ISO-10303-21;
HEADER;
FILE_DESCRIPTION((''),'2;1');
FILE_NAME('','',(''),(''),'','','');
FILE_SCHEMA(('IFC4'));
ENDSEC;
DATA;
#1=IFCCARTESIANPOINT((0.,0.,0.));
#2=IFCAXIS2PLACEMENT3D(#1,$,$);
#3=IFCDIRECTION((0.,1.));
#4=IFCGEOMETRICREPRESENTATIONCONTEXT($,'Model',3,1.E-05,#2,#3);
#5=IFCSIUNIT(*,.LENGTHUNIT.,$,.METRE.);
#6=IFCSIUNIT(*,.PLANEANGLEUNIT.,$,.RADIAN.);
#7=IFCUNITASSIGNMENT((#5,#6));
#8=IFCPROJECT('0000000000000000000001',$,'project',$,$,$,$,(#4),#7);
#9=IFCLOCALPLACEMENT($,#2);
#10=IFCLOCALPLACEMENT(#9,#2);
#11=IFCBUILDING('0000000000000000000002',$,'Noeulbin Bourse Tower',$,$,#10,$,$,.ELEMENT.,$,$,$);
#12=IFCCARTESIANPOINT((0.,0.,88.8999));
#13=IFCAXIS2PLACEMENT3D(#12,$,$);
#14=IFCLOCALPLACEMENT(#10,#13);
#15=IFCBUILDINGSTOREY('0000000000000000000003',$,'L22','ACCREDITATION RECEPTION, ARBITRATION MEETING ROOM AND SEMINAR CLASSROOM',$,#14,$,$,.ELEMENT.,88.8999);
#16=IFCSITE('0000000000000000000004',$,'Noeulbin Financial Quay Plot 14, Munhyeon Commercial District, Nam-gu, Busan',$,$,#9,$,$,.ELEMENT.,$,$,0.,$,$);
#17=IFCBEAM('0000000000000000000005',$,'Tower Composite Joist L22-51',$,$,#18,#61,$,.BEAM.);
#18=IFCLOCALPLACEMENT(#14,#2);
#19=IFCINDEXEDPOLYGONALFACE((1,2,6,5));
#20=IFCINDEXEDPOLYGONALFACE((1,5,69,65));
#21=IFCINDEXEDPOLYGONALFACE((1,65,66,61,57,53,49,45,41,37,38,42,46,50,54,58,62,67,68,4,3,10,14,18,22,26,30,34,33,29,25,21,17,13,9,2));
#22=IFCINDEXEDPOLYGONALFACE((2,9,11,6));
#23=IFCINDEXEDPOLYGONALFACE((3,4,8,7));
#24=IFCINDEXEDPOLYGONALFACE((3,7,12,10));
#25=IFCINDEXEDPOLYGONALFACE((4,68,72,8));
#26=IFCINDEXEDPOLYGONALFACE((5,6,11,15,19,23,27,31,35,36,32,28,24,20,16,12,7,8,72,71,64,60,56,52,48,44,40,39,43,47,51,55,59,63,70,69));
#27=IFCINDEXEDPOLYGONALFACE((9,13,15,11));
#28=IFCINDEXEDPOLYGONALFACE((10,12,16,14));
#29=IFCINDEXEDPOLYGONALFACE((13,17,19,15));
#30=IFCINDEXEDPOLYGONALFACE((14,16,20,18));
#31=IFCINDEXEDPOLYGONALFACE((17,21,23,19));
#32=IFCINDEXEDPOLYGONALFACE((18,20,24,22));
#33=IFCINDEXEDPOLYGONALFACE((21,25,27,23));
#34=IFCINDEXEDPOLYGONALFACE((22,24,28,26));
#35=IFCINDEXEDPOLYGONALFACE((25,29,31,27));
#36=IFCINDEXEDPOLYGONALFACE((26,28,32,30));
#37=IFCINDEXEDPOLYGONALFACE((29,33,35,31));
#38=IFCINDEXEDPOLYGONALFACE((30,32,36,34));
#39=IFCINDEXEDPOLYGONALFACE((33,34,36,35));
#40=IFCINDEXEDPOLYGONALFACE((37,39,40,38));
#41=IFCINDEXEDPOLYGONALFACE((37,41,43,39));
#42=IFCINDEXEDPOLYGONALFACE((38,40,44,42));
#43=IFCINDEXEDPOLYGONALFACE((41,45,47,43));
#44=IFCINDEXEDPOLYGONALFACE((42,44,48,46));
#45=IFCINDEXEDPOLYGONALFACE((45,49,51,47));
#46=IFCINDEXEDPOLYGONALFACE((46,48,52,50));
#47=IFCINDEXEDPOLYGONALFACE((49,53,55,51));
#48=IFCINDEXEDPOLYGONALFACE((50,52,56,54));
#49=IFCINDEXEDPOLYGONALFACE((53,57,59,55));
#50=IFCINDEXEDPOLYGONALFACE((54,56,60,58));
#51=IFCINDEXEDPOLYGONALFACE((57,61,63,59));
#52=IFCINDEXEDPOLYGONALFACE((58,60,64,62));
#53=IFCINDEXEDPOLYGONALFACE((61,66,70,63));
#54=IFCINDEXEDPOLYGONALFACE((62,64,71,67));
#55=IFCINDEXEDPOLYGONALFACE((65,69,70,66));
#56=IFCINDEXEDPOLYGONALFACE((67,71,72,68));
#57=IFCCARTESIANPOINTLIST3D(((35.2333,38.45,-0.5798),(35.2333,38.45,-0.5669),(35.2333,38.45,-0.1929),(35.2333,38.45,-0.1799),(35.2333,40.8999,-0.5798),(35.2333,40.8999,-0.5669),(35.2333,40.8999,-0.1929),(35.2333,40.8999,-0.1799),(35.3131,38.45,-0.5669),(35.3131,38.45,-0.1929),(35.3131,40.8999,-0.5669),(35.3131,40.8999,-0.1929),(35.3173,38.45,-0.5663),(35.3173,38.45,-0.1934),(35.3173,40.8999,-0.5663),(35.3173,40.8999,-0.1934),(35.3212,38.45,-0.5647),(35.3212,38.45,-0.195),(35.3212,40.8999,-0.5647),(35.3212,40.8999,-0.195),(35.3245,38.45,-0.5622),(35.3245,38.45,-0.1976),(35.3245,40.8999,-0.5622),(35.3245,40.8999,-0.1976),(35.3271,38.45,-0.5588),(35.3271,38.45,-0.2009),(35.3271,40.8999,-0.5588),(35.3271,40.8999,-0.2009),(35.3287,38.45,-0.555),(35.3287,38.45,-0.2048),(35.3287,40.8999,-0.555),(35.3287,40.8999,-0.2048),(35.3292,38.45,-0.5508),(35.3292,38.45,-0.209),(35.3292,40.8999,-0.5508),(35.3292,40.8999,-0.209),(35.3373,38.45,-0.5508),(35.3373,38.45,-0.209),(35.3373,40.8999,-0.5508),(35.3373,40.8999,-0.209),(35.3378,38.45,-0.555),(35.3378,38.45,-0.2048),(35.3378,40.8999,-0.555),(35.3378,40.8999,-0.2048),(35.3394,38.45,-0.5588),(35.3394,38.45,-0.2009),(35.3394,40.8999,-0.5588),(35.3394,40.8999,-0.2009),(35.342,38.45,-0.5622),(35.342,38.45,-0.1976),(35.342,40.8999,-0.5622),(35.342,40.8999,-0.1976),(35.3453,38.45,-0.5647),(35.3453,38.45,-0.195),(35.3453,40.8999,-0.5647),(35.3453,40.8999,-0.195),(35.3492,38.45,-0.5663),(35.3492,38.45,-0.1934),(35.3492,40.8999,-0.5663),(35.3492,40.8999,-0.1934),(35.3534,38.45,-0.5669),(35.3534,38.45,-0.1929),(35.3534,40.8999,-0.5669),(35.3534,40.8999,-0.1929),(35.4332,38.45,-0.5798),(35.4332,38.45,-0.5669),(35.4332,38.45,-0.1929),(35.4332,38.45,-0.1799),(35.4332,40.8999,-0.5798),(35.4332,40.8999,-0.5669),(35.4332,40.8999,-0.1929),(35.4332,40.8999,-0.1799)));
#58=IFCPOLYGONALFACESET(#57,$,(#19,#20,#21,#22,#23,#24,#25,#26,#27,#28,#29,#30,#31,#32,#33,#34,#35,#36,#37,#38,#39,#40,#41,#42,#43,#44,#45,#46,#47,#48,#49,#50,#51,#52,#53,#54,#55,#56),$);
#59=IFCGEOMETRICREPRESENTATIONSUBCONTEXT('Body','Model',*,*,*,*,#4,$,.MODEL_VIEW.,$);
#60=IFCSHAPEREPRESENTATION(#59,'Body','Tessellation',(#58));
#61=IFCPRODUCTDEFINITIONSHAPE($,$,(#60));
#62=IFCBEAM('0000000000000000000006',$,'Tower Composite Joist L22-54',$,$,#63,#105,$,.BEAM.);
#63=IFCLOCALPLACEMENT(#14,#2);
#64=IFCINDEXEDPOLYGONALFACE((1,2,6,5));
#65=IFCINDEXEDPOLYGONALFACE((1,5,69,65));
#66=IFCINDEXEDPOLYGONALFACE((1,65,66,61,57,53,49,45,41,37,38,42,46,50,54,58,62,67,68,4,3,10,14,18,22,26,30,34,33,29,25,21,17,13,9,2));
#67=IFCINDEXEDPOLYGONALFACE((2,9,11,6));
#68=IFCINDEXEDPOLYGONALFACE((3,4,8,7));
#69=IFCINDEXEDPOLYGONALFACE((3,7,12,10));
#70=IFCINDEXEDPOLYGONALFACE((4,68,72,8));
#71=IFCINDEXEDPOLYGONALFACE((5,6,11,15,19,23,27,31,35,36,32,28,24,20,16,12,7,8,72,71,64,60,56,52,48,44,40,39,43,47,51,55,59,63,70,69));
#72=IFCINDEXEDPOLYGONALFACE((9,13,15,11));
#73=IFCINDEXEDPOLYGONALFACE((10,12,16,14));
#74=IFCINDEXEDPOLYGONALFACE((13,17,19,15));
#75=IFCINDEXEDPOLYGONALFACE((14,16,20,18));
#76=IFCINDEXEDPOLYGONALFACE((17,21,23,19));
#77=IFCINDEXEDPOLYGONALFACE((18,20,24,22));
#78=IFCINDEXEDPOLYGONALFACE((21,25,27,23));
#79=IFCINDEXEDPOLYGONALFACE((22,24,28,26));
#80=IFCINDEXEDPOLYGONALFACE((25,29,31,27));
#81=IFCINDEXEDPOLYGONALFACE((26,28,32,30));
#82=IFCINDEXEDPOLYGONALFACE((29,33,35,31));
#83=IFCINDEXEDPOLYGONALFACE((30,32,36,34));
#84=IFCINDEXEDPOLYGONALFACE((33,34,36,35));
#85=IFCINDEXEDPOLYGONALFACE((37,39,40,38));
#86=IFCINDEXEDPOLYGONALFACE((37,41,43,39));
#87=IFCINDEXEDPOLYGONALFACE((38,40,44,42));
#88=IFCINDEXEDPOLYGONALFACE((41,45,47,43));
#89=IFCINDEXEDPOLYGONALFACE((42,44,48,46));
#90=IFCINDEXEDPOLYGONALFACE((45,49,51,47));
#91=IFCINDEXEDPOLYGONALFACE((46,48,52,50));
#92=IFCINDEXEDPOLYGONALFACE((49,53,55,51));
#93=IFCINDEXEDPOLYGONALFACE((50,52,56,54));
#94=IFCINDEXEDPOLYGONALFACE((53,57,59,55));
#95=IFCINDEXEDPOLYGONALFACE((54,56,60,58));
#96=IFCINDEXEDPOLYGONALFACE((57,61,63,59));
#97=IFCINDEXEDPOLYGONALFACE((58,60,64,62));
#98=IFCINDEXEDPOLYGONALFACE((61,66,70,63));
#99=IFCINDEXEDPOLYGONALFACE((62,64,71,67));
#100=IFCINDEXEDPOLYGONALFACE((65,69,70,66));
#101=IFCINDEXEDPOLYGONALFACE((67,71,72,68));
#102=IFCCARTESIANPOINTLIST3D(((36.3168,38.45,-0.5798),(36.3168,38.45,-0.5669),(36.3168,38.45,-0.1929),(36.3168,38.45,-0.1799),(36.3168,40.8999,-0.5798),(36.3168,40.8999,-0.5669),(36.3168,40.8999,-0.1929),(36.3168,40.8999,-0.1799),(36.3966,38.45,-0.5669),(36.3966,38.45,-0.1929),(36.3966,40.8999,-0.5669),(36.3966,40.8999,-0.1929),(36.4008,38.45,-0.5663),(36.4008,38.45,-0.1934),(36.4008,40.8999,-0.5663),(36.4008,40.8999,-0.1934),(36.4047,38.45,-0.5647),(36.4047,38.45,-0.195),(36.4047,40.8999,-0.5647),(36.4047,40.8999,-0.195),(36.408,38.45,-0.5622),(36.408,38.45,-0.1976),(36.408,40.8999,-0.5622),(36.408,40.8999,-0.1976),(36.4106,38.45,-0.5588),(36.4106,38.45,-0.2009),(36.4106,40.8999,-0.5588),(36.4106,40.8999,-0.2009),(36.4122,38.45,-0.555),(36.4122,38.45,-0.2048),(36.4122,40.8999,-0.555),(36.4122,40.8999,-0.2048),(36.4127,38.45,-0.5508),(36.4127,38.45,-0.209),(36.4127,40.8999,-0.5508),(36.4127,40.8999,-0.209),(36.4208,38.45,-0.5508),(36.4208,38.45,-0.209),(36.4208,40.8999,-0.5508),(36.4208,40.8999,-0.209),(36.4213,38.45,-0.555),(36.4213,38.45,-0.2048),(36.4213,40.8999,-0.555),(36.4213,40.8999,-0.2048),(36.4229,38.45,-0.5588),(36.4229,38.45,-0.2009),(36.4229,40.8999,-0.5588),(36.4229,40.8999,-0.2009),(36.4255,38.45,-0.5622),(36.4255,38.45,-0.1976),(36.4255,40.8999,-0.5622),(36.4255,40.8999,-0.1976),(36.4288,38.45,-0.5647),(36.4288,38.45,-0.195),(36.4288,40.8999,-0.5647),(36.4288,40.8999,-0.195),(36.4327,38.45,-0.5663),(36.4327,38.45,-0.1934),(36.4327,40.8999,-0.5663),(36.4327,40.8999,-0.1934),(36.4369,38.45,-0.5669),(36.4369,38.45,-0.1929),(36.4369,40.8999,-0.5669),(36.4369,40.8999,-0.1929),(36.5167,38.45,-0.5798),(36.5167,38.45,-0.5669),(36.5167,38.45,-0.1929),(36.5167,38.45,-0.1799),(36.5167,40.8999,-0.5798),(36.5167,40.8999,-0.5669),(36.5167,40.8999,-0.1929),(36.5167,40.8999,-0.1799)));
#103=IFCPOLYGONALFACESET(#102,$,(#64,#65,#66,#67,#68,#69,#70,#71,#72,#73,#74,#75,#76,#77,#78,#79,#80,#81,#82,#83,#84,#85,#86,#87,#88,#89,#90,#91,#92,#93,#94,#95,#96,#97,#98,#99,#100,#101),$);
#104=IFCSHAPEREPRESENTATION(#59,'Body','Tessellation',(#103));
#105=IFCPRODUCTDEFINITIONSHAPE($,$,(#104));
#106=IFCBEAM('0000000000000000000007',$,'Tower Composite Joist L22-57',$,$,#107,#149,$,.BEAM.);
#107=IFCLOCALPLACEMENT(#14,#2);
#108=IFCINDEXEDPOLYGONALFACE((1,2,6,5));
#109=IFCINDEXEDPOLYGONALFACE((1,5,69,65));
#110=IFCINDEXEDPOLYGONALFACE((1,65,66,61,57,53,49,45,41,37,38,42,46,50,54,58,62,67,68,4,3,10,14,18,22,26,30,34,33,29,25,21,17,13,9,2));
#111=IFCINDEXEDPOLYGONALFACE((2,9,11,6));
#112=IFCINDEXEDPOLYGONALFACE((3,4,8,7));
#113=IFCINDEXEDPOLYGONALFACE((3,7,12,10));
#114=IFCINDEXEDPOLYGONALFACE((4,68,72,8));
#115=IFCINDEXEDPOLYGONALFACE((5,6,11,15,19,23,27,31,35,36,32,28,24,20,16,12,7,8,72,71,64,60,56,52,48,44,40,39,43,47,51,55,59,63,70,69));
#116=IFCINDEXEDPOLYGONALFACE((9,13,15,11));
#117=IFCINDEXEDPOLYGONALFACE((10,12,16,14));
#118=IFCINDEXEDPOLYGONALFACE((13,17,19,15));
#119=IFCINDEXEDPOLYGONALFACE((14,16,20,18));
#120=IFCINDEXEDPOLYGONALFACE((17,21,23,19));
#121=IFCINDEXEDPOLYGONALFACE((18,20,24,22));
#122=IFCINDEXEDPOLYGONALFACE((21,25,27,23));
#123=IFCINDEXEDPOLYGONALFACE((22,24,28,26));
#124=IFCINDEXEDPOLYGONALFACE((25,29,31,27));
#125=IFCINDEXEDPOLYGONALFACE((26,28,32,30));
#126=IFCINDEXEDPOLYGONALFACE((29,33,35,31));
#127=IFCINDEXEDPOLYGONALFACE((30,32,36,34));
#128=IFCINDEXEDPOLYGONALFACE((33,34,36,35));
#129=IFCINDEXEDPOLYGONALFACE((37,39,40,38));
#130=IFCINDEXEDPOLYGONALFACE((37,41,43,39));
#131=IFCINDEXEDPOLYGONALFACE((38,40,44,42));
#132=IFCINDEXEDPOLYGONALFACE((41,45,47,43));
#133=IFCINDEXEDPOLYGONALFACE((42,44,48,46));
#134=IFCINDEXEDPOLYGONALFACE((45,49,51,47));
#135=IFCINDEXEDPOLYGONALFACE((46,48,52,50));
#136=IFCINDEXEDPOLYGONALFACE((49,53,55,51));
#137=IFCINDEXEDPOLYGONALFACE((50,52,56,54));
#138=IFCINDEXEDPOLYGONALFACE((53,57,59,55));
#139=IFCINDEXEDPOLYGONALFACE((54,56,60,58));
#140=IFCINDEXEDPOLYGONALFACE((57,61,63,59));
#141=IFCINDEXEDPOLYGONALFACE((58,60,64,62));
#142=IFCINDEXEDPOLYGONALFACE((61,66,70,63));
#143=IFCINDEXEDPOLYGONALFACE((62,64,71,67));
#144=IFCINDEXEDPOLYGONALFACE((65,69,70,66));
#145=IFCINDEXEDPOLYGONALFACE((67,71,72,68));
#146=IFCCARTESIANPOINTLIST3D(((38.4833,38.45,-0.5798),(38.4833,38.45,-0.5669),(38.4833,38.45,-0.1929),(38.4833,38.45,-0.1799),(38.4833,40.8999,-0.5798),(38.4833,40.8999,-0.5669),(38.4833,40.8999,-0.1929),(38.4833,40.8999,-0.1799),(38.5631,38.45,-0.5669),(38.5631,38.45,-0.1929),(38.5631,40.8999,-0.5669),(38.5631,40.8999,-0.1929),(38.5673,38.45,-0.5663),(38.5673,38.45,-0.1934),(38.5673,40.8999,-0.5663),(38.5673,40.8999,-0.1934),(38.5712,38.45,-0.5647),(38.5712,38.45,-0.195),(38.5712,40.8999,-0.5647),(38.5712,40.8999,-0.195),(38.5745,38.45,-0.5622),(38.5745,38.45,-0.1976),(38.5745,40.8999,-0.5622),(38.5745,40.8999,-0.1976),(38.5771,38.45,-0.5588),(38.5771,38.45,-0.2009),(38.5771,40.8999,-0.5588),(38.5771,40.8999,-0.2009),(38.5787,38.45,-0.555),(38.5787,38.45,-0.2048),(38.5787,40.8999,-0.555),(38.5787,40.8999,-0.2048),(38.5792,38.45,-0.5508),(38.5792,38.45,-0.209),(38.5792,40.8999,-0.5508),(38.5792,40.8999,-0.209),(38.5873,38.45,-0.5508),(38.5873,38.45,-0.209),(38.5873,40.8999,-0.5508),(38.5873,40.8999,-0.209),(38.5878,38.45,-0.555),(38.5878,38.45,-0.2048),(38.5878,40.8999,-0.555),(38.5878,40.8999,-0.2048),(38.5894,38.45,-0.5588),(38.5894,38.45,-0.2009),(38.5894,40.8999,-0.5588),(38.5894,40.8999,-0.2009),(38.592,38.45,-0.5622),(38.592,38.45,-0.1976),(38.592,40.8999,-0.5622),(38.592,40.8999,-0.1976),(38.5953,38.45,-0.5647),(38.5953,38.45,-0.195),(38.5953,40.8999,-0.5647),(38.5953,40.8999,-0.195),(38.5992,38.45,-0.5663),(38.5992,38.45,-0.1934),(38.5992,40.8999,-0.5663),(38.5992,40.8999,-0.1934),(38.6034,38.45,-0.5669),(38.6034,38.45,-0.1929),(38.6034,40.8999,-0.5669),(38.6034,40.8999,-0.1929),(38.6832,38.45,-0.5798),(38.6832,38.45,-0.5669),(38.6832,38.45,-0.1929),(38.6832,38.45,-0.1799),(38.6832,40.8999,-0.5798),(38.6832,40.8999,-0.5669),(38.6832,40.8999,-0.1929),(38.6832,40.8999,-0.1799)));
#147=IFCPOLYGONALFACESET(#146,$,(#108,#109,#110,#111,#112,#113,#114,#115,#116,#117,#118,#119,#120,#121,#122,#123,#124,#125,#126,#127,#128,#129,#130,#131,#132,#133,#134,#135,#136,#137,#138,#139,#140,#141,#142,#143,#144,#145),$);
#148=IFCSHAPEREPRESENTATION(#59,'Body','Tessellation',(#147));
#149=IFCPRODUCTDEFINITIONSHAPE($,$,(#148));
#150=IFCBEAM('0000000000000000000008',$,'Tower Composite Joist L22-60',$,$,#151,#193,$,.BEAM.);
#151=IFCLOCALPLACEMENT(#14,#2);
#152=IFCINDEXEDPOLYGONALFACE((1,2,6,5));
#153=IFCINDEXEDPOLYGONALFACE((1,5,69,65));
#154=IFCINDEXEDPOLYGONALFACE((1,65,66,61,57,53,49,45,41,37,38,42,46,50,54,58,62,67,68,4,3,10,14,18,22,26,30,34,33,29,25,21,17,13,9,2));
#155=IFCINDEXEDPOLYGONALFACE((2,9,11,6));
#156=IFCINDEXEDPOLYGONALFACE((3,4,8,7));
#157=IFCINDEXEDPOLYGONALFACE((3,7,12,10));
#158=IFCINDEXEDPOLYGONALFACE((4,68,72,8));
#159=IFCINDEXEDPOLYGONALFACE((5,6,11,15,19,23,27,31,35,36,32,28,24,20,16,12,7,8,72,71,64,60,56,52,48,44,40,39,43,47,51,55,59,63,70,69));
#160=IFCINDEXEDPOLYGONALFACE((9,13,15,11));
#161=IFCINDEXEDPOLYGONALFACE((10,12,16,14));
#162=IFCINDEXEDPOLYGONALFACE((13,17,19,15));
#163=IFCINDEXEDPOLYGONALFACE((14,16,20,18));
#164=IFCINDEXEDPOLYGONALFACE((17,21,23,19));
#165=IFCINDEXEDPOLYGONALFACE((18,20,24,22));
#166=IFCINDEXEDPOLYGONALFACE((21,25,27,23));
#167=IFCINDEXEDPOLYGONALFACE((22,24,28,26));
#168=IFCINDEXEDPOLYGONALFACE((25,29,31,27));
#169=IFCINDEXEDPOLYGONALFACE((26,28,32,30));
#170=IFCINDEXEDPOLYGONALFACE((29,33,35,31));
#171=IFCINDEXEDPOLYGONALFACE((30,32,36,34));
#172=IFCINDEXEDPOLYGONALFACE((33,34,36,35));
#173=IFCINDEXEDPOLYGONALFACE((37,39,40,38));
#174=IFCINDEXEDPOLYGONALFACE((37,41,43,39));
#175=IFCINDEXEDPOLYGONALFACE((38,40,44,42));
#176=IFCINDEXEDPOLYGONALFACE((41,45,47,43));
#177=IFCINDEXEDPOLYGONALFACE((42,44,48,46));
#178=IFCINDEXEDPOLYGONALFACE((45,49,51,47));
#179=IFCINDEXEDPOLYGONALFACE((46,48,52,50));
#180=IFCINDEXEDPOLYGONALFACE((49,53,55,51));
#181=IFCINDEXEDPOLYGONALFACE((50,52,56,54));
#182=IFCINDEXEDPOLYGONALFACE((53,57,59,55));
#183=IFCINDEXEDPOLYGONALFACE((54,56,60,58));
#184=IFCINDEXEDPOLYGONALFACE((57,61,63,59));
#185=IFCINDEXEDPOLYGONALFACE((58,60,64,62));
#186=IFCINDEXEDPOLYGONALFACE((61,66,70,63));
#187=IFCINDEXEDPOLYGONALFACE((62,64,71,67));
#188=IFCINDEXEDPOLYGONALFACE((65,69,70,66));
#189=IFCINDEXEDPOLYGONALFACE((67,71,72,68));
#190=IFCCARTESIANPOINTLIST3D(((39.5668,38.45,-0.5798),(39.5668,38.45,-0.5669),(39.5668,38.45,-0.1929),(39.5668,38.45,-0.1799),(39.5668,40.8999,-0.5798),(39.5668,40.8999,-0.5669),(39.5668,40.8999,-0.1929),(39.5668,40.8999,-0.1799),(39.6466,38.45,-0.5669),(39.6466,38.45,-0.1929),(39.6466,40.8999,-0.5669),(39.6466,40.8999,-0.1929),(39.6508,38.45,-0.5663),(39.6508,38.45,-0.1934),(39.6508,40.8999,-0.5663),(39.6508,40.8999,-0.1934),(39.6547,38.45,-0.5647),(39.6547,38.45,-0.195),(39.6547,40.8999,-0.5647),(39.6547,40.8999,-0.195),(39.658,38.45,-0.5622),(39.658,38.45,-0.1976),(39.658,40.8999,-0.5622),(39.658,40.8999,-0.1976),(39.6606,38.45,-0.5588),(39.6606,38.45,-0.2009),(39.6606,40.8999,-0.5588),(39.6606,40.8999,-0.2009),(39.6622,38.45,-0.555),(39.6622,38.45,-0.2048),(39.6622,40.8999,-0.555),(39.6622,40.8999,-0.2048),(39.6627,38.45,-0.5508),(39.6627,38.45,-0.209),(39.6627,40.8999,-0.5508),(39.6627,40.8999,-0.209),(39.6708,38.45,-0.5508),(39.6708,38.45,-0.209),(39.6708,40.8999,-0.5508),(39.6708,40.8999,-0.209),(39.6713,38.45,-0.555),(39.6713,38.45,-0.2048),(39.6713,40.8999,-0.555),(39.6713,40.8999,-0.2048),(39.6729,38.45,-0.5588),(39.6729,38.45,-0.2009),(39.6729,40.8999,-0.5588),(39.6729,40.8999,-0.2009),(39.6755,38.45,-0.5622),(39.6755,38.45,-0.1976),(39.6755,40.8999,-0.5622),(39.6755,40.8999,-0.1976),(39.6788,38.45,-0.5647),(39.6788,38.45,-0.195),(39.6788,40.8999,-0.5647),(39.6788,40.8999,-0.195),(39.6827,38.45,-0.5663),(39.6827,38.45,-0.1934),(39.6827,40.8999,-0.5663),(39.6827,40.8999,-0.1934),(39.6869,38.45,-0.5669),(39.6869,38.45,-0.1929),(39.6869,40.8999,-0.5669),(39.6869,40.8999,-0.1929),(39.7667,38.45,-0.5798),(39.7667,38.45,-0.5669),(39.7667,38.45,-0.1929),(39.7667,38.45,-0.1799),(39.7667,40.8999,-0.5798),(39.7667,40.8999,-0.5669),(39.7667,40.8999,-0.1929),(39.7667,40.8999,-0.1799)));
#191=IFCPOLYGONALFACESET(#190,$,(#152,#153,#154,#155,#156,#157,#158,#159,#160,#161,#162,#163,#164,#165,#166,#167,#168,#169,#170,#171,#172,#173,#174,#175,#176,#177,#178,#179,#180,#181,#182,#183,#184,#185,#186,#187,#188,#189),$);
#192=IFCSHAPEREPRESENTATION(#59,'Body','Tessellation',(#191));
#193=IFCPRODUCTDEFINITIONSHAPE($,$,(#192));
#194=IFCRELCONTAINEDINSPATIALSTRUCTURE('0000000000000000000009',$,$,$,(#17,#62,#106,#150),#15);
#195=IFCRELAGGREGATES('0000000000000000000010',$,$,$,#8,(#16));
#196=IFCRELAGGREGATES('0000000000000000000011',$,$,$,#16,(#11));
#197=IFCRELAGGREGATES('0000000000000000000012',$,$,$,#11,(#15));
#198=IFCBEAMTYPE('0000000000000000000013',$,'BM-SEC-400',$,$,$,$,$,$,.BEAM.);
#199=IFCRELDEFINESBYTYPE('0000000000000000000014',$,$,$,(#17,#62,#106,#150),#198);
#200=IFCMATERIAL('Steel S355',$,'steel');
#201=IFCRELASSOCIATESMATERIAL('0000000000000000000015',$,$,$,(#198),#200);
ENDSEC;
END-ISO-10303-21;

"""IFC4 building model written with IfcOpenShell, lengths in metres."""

from ifc_helpers import new_model, si_unit, direction, frame, origin, origin_2d, place, context, subcontext, project, spatial, i_section, extrude, material, material_profile, profile_set, type_object, element, save


model = new_model("IFC4")

# Units and contexts
model_context = context("Model", 3, precision=1e-05, world=origin(), true_north=direction((0.0, 1.0)))
body_context = subcontext(model_context, "Body", "Model", "MODEL_VIEW")
ifc_project = project(units=[si_unit("LENGTHUNIT", "METRE"), si_unit("PLANEANGLEUNIT", "RADIAN")], contexts=[model_context])

# Site, building, storey
site_placement = place(None, origin())
site = spatial("IfcSite", under=ifc_project, at=site_placement, Name="Noeulbin Financial Quay Plot 14, Munhyeon Commercial District, Nam-gu, Busan", CompositionType="ELEMENT", RefElevation=0.0)
building_placement = place(site_placement, origin())
building = spatial("IfcBuilding", under=site, at=building_placement, Name="Noeulbin Bourse Tower", CompositionType="ELEMENT")
storey_placement = place(building_placement, frame((0.0, 0.0, 88.8999)))
storey = spatial("IfcBuildingStorey", under=building, at=storey_placement, Name="L22", Description="ACCREDITATION RECEPTION, ARBITRATION MEETING ROOM AND SEMINAR CLASSROOM", CompositionType="ELEMENT", Elevation=88.8999)

# Beams
ifc_material_1 = material(Name="Steel S355", Category="steel")
ifc_material_profile_1 = material_profile(ifc_material_1, i_section(OverallWidth=0.2, OverallDepth=0.3999, WebThickness=0.0081, FlangeThickness=0.0129, FilletRadius=0.0161, at=origin_2d()), Name="H-400x200x8x13", Category="LoadBearing")
ifc_profile_set_1 = profile_set([ifc_material_profile_1], Name="Steel S355")
beam_type_1 = type_object("IfcBeamType", Name="BM-SEC-400", PredefinedType="BEAM", material=ifc_profile_set_1)
for number, where, z_axis, x_axis, name in (
    (1, (35.3333, 38.45, -0.3799), (0.0, 1.0, 0.0), (-1.0, 0.0, 0.0), "Tower Composite Joist L22-51"),
    (2, (36.4167, 38.45, -0.3799), (0.0, 1.0, 0.0), (-1.0, 0.0, 0.0), "Tower Composite Joist L22-54"),
    (3, (38.5833, 38.45, -0.3799), (0.0, 1.0, 0.0), (-1.0, 0.0, 0.0), "Tower Composite Joist L22-57"),
    (4, (39.6667, 38.45, -0.3799), (0.0, 1.0, 0.0), (-1.0, 0.0, 0.0), "Tower Composite Joist L22-60"),
):
    element("IfcBeam", number, at=place(storey_placement, frame(where, z_axis=z_axis, x_axis=x_axis)), inside=storey, type_object=beam_type_1, Name=name, PredefinedType="BEAM", context=body_context, shape_type="SweptSolid", body=[
        extrude(i_section(OverallWidth=0.2, OverallDepth=0.3999, WebThickness=0.0081, FlangeThickness=0.0129, FilletRadius=0.0161, at=origin_2d()), origin(), (0.0, 0.0, 1.0), 2.45),
    ])

save(model, "model.ifc")
